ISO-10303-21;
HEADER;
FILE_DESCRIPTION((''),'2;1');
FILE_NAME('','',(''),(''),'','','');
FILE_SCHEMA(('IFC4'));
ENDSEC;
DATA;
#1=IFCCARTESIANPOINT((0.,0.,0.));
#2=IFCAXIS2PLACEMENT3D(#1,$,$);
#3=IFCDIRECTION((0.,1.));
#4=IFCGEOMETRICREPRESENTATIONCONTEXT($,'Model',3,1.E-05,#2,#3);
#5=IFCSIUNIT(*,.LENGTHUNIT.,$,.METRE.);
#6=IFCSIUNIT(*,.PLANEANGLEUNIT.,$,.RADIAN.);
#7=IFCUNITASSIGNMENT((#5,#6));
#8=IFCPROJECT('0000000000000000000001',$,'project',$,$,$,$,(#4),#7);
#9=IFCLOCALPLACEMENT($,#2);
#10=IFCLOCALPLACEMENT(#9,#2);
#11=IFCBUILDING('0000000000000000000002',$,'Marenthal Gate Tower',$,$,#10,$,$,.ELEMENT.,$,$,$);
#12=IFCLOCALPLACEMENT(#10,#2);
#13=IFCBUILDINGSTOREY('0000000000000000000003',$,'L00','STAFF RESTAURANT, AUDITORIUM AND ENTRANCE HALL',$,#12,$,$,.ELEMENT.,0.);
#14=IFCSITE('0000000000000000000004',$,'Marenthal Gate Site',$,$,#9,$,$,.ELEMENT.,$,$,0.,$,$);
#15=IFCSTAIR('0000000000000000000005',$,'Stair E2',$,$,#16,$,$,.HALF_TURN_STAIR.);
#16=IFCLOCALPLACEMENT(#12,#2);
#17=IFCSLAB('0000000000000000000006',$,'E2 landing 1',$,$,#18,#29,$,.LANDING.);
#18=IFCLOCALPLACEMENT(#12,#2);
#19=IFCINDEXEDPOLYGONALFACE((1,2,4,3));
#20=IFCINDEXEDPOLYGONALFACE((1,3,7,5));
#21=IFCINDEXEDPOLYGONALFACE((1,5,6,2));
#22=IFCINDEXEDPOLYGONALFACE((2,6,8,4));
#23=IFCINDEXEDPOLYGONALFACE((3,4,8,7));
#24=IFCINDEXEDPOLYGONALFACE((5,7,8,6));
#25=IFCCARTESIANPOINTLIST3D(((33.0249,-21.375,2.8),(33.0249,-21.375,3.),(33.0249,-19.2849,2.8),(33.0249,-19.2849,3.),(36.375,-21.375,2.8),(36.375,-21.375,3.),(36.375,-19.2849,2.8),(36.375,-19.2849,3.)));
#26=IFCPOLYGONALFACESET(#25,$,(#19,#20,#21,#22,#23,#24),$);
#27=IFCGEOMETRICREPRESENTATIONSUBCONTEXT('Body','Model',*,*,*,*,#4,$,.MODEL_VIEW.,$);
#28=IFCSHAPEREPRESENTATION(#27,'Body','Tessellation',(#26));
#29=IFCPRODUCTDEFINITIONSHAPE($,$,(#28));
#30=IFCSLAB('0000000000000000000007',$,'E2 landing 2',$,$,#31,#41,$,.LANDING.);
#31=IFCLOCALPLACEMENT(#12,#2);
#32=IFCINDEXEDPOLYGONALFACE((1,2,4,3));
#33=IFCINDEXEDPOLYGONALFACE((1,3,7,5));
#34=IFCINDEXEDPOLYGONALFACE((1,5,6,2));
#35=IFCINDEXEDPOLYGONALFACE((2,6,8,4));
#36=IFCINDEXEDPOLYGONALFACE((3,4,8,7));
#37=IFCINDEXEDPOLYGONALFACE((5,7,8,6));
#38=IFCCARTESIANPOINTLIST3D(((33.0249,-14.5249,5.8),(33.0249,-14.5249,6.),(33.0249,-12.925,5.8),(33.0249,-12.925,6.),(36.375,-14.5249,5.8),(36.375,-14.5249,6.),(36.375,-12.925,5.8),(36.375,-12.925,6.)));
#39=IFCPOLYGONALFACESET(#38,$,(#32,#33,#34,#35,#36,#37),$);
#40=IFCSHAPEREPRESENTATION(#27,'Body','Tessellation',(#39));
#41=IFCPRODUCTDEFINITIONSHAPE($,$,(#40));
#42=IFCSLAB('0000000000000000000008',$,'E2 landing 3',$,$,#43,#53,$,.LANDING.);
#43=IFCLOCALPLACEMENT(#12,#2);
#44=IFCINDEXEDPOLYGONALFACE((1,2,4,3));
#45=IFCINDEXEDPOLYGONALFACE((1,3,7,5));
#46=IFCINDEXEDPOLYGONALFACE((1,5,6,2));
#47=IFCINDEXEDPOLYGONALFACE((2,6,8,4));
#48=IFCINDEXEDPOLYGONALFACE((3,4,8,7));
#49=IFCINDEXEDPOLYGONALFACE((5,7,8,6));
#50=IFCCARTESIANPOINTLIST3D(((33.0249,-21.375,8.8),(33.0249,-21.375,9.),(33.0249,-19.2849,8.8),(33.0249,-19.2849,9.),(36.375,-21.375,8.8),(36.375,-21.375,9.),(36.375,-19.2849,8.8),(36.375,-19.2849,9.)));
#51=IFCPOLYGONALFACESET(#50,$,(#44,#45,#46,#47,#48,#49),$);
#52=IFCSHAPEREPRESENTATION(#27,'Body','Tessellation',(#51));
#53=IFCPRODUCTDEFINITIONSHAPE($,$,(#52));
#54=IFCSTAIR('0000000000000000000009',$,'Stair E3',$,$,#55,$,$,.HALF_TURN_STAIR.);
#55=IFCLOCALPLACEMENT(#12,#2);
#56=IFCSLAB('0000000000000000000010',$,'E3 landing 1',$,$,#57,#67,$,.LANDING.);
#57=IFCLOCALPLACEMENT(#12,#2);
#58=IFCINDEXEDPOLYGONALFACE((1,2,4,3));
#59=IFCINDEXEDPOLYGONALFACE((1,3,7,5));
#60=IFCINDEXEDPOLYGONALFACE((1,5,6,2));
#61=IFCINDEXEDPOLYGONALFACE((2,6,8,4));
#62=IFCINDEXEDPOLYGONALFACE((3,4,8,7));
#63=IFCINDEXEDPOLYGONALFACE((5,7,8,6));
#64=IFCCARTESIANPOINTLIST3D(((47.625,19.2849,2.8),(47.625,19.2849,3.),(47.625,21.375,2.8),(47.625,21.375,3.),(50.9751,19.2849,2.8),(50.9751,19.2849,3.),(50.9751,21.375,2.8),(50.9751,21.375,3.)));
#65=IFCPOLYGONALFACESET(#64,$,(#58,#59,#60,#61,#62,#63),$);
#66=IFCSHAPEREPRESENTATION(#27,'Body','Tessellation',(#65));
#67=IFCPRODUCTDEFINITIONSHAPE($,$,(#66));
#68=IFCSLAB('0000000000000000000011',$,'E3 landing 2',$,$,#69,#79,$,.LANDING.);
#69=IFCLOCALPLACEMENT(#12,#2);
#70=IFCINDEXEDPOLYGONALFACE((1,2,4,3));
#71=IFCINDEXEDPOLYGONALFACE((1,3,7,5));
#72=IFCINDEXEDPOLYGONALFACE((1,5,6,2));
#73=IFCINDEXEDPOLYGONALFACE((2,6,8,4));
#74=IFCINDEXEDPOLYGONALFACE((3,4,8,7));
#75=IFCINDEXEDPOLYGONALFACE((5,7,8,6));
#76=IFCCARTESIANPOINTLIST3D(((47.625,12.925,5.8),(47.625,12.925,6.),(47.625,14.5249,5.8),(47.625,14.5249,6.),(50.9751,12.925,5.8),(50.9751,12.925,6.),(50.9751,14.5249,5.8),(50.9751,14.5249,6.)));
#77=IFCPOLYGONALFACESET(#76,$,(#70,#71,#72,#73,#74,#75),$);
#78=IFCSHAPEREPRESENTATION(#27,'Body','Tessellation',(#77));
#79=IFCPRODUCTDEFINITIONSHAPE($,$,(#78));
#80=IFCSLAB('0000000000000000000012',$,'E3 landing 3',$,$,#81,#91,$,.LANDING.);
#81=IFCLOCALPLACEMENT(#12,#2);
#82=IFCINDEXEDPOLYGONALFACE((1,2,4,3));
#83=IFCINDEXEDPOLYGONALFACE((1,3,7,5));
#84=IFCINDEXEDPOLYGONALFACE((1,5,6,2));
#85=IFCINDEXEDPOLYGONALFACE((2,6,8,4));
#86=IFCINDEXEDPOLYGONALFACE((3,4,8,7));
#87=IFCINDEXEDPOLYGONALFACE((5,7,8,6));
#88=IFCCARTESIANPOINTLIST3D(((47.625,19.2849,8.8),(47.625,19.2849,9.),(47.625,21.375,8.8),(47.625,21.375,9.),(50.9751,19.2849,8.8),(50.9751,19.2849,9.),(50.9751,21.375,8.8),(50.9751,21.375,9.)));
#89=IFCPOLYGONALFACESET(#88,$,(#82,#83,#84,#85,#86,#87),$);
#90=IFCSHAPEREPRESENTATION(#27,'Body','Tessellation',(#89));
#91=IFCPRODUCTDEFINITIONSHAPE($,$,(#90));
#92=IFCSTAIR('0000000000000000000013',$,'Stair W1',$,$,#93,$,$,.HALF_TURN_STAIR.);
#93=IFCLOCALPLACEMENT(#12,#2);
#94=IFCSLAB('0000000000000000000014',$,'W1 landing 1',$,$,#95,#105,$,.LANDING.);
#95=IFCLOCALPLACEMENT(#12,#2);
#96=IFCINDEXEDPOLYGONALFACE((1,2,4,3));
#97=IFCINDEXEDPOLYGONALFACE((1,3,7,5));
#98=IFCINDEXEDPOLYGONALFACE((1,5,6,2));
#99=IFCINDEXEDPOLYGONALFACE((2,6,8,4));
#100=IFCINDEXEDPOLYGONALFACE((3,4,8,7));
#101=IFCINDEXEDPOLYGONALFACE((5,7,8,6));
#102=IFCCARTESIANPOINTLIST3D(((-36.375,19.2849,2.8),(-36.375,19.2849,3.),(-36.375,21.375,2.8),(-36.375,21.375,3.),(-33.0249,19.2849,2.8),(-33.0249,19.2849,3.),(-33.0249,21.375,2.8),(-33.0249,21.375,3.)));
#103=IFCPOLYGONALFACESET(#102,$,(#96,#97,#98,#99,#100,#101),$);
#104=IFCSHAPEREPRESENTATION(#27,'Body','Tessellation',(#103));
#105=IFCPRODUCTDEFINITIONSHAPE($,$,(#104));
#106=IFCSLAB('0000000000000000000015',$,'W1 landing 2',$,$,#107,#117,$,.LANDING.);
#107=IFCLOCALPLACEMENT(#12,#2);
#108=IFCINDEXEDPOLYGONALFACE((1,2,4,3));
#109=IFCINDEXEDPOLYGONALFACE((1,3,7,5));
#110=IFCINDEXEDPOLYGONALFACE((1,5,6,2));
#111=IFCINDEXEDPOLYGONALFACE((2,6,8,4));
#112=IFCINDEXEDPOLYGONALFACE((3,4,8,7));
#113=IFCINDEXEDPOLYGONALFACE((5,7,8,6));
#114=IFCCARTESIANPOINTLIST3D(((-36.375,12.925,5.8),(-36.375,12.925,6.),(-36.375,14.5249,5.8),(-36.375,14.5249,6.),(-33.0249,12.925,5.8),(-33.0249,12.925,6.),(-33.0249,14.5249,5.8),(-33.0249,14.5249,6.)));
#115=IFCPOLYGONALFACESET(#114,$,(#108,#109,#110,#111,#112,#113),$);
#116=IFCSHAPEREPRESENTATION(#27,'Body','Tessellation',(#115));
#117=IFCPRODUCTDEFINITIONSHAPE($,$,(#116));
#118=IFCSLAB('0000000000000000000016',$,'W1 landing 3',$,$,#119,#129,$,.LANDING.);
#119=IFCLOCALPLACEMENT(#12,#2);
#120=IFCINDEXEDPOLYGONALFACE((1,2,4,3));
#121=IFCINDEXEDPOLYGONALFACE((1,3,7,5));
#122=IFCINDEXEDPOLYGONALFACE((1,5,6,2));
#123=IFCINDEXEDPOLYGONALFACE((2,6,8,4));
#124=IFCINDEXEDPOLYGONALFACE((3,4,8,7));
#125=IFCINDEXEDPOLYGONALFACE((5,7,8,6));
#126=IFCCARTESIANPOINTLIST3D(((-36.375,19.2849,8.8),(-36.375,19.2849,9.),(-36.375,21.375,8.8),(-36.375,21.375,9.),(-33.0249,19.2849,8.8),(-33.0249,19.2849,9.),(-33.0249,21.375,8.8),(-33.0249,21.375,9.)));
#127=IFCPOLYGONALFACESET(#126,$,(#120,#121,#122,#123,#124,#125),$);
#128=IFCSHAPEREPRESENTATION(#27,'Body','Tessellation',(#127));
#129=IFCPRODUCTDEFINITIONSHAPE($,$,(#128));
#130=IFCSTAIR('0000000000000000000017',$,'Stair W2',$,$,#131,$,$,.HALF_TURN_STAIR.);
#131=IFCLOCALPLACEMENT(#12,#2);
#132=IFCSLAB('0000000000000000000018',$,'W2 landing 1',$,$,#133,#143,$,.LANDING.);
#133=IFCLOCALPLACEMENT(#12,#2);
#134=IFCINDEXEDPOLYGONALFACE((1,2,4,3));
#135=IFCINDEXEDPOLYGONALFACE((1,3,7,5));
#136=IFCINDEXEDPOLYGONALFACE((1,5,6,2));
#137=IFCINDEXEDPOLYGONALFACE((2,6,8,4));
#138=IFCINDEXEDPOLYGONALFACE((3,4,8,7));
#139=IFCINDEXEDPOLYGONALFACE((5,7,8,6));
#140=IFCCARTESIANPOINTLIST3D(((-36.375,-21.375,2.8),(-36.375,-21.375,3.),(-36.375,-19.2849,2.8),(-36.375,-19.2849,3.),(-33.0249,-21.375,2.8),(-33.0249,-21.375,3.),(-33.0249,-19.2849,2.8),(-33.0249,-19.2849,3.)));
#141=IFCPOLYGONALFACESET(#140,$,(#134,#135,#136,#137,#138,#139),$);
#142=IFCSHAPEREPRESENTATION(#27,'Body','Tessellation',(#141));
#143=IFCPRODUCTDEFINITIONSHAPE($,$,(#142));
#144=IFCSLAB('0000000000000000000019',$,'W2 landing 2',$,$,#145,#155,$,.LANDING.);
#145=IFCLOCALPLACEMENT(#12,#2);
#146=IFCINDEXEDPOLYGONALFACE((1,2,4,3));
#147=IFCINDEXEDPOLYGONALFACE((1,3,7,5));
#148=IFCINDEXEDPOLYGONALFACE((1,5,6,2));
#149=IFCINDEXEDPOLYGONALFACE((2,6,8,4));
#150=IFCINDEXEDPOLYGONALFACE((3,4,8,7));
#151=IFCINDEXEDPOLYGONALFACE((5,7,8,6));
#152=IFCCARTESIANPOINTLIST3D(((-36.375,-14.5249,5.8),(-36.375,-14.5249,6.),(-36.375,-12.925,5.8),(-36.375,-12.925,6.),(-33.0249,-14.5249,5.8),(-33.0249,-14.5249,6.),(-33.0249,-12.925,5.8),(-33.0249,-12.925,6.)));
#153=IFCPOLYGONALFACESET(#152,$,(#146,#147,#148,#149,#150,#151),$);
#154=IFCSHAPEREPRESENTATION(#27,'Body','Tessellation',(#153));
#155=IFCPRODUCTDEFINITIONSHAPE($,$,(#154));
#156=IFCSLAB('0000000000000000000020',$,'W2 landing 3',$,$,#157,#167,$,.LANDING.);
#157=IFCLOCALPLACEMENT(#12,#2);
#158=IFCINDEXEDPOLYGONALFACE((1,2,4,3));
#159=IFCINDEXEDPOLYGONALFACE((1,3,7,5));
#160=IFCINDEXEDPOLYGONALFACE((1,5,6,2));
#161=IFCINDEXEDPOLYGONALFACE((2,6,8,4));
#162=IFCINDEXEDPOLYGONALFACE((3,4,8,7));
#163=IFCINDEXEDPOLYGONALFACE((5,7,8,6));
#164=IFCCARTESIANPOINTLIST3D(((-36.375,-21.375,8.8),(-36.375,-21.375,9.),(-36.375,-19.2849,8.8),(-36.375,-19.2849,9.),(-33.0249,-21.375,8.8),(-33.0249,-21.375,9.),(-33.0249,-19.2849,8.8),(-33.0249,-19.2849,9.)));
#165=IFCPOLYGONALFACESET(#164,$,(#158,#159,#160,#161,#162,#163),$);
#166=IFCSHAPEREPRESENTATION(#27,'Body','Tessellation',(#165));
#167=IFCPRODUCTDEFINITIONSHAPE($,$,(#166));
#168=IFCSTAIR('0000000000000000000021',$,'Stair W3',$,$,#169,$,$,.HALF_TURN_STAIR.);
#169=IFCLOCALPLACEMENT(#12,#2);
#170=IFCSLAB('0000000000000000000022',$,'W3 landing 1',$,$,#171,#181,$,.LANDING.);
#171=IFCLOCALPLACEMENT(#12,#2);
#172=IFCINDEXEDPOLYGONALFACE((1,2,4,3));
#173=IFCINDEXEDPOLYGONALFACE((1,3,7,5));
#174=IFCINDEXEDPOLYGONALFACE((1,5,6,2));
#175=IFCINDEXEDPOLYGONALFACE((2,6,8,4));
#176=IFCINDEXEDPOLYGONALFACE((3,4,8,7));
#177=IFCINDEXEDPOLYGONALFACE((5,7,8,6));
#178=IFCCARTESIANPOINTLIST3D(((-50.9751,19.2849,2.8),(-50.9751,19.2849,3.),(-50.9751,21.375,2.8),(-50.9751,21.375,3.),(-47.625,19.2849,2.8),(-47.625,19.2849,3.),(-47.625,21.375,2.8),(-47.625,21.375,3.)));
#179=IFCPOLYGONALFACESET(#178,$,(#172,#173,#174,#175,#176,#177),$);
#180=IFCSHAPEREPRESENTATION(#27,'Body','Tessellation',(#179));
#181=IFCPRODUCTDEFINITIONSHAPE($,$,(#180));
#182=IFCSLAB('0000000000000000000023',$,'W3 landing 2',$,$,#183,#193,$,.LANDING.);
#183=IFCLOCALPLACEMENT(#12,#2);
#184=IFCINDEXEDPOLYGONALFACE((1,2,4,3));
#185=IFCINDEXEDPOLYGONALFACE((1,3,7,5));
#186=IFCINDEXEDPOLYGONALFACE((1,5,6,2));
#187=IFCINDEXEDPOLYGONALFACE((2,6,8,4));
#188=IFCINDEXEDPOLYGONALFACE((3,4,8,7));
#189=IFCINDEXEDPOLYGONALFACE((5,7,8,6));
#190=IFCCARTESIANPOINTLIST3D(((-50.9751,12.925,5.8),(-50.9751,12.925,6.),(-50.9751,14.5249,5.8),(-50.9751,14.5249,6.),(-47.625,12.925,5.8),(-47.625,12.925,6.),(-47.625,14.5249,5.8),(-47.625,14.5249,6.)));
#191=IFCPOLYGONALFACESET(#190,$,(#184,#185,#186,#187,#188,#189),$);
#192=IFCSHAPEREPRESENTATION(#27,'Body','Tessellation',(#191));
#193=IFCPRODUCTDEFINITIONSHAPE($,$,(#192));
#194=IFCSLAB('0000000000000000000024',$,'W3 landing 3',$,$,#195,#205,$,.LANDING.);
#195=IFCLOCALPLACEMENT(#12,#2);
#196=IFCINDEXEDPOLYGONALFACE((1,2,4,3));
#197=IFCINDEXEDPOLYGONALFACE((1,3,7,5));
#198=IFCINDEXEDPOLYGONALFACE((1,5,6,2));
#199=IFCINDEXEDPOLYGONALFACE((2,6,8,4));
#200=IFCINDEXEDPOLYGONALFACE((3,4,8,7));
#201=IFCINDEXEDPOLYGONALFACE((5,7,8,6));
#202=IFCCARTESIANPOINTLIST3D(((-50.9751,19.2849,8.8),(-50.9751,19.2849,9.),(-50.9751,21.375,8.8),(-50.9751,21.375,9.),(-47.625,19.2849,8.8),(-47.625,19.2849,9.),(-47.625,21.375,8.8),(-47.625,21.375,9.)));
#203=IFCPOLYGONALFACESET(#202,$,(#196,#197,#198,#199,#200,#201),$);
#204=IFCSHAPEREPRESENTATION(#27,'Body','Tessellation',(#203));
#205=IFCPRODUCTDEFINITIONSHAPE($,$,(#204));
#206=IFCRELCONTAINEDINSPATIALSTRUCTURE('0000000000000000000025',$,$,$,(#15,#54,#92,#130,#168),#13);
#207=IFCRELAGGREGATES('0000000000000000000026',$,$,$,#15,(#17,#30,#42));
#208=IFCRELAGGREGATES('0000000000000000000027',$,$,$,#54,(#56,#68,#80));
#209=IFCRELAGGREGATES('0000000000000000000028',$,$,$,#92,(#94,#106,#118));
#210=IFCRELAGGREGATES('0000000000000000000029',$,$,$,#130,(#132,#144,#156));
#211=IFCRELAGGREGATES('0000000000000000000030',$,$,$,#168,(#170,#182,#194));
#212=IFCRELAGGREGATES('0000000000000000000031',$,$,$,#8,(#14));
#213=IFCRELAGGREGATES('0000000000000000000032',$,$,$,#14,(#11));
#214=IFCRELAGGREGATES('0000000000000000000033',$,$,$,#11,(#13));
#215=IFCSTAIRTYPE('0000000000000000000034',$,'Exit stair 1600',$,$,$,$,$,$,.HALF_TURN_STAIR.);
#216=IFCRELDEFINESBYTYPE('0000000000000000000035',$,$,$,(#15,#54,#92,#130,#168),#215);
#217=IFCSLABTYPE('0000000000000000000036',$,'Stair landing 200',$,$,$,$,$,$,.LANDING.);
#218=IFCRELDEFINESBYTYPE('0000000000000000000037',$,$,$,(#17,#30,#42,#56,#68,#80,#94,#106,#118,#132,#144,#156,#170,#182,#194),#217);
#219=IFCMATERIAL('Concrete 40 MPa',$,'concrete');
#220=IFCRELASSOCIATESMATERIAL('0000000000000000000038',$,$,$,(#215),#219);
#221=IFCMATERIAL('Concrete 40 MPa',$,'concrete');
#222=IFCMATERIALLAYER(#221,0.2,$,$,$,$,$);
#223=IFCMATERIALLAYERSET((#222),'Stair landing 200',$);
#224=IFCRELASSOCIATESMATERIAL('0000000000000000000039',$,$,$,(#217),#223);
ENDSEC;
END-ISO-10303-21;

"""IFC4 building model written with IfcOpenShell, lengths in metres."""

from ifc_helpers import new_model, si_unit, direction, frame, origin, place, context, subcontext, project, spatial, polyline, outline, extrude, material, layer, layer_set, type_object, element, aggregate, save


model = new_model("IFC4")

# Units and contexts
model_context = context("Model", 3, precision=1e-05, world=origin(), true_north=direction((0.0, 1.0)))
body_context = subcontext(model_context, "Body", "Model", "MODEL_VIEW")
ifc_project = project(units=[si_unit("LENGTHUNIT", "METRE"), si_unit("PLANEANGLEUNIT", "RADIAN")], contexts=[model_context])

# Site, building, storey
site_placement = place(None, origin())
site = spatial("IfcSite", under=ifc_project, at=site_placement, Name="Marenthal Gate Site", CompositionType="ELEMENT", RefElevation=0.0)
building_placement = place(site_placement, origin())
building = spatial("IfcBuilding", under=site, at=building_placement, Name="Marenthal Gate Tower", CompositionType="ELEMENT")
storey_placement = place(building_placement, origin())
storey = spatial("IfcBuildingStorey", under=building, at=storey_placement, Name="L00", Description="STAFF RESTAURANT, AUDITORIUM AND ENTRANCE HALL", CompositionType="ELEMENT", Elevation=0.0)

# Stairs, slabs
ifc_material_1 = material(Name="Concrete 40 MPa", Category="concrete")
stair_type = type_object("IfcStairType", Name="Exit stair 1600", PredefinedType="HALF_TURN_STAIR", material=ifc_material_1)
stair_1_placement = place(storey_placement, origin())
stair_1 = element("IfcStair", 1, at=stair_1_placement, inside=storey, type_object=stair_type, Name="Stair E2", PredefinedType="HALF_TURN_STAIR")
ifc_material_2 = material(Name="Concrete 40 MPa", Category="concrete")
ifc_layer_1 = layer(ifc_material_2, 0.2)
ifc_layer_set_1 = layer_set([ifc_layer_1], Name="Stair landing 200")
slab_type = type_object("IfcSlabType", Name="Stair landing 200", PredefinedType="LANDING", material=ifc_layer_set_1)
slab_1_placement = place(storey_placement, frame((0.0, 0.0, 2.8)))
slab_1 = element("IfcSlab", 2, at=slab_1_placement, type_object=slab_type, Name="E2 landing 1", PredefinedType="LANDING", context=body_context, shape_type="SweptSolid", body=[
    extrude(outline(polyline([(36.375, -19.2849), (36.375, -21.375), (33.0249, -21.375), (33.0249, -19.2849), (36.375, -19.2849)])), origin(), (0.0, 0.0, 1.0), 0.2),
])
slab_2_placement = place(storey_placement, frame((0.0, 0.0, 5.8)))
slab_2 = element("IfcSlab", 3, at=slab_2_placement, type_object=slab_type, Name="E2 landing 2", PredefinedType="LANDING", context=body_context, shape_type="SweptSolid", body=[
    extrude(outline(polyline([(36.375, -12.925), (36.375, -14.5249), (33.0249, -14.5249), (33.0249, -12.925), (36.375, -12.925)])), origin(), (0.0, 0.0, 1.0), 0.2),
])
slab_3_placement = place(storey_placement, frame((0.0, 0.0, 8.8)))
slab_3 = element("IfcSlab", 4, at=slab_3_placement, type_object=slab_type, Name="E2 landing 3", PredefinedType="LANDING", context=body_context, shape_type="SweptSolid", body=[
    extrude(outline(polyline([(36.375, -19.2849), (36.375, -21.375), (33.0249, -21.375), (33.0249, -19.2849), (36.375, -19.2849)])), origin(), (0.0, 0.0, 1.0), 0.2),
])
aggregate(stair_1, [slab_1, slab_2, slab_3])
stair_2_placement = place(storey_placement, origin())
stair_2 = element("IfcStair", 5, at=stair_2_placement, inside=storey, type_object=stair_type, Name="Stair E3", PredefinedType="HALF_TURN_STAIR")
slab_4_placement = place(storey_placement, frame((0.0, 0.0, 2.8)))
slab_4 = element("IfcSlab", 6, at=slab_4_placement, type_object=slab_type, Name="E3 landing 1", PredefinedType="LANDING", context=body_context, shape_type="SweptSolid", body=[
    extrude(outline(polyline([(47.625, 19.2849), (47.625, 21.375), (50.9751, 21.375), (50.9751, 19.2849), (47.625, 19.2849)])), origin(), (0.0, 0.0, 1.0), 0.2),
])
slab_5_placement = place(storey_placement, frame((0.0, 0.0, 5.8)))
slab_5 = element("IfcSlab", 7, at=slab_5_placement, type_object=slab_type, Name="E3 landing 2", PredefinedType="LANDING", context=body_context, shape_type="SweptSolid", body=[
    extrude(outline(polyline([(47.625, 12.925), (47.625, 14.5249), (50.9751, 14.5249), (50.9751, 12.925), (47.625, 12.925)])), origin(), (0.0, 0.0, 1.0), 0.2),
])
slab_6_placement = place(storey_placement, frame((0.0, 0.0, 8.8)))
slab_6 = element("IfcSlab", 8, at=slab_6_placement, type_object=slab_type, Name="E3 landing 3", PredefinedType="LANDING", context=body_context, shape_type="SweptSolid", body=[
    extrude(outline(polyline([(47.625, 19.2849), (47.625, 21.375), (50.9751, 21.375), (50.9751, 19.2849), (47.625, 19.2849)])), origin(), (0.0, 0.0, 1.0), 0.2),
])
aggregate(stair_2, [slab_4, slab_5, slab_6])
stair_3_placement = place(storey_placement, origin())
stair_3 = element("IfcStair", 9, at=stair_3_placement, inside=storey, type_object=stair_type, Name="Stair W1", PredefinedType="HALF_TURN_STAIR")
slab_7_placement = place(storey_placement, frame((0.0, 0.0, 2.8)))
slab_7 = element("IfcSlab", 10, at=slab_7_placement, type_object=slab_type, Name="W1 landing 1", PredefinedType="LANDING", context=body_context, shape_type="SweptSolid", body=[
    extrude(outline(polyline([(-36.375, 19.2849), (-36.375, 21.375), (-33.0249, 21.375), (-33.0249, 19.2849), (-36.375, 19.2849)])), origin(), (0.0, 0.0, 1.0), 0.2),
])
slab_8_placement = place(storey_placement, frame((0.0, 0.0, 5.8)))
slab_8 = element("IfcSlab", 11, at=slab_8_placement, type_object=slab_type, Name="W1 landing 2", PredefinedType="LANDING", context=body_context, shape_type="SweptSolid", body=[
    extrude(outline(polyline([(-36.375, 12.925), (-36.375, 14.5249), (-33.0249, 14.5249), (-33.0249, 12.925), (-36.375, 12.925)])), origin(), (0.0, 0.0, 1.0), 0.2),
])
slab_9_placement = place(storey_placement, frame((0.0, 0.0, 8.8)))
slab_9 = element("IfcSlab", 12, at=slab_9_placement, type_object=slab_type, Name="W1 landing 3", PredefinedType="LANDING", context=body_context, shape_type="SweptSolid", body=[
    extrude(outline(polyline([(-36.375, 19.2849), (-36.375, 21.375), (-33.0249, 21.375), (-33.0249, 19.2849), (-36.375, 19.2849)])), origin(), (0.0, 0.0, 1.0), 0.2),
])
aggregate(stair_3, [slab_7, slab_8, slab_9])
stair_4_placement = place(storey_placement, origin())
stair_4 = element("IfcStair", 13, at=stair_4_placement, inside=storey, type_object=stair_type, Name="Stair W2", PredefinedType="HALF_TURN_STAIR")
slab_10_placement = place(storey_placement, frame((0.0, 0.0, 2.8)))
slab_10 = element("IfcSlab", 14, at=slab_10_placement, type_object=slab_type, Name="W2 landing 1", PredefinedType="LANDING", context=body_context, shape_type="SweptSolid", body=[
    extrude(outline(polyline([(-33.0249, -19.2849), (-33.0249, -21.375), (-36.375, -21.375), (-36.375, -19.2849), (-33.0249, -19.2849)])), origin(), (0.0, 0.0, 1.0), 0.2),
])
slab_11_placement = place(storey_placement, frame((0.0, 0.0, 5.8)))
slab_11 = element("IfcSlab", 15, at=slab_11_placement, type_object=slab_type, Name="W2 landing 2", PredefinedType="LANDING", context=body_context, shape_type="SweptSolid", body=[
    extrude(outline(polyline([(-33.0249, -12.925), (-33.0249, -14.5249), (-36.375, -14.5249), (-36.375, -12.925), (-33.0249, -12.925)])), origin(), (0.0, 0.0, 1.0), 0.2),
])
slab_12_placement = place(storey_placement, frame((0.0, 0.0, 8.8)))
slab_12 = element("IfcSlab", 16, at=slab_12_placement, type_object=slab_type, Name="W2 landing 3", PredefinedType="LANDING", context=body_context, shape_type="SweptSolid", body=[
    extrude(outline(polyline([(-33.0249, -19.2849), (-33.0249, -21.375), (-36.375, -21.375), (-36.375, -19.2849), (-33.0249, -19.2849)])), origin(), (0.0, 0.0, 1.0), 0.2),
])
aggregate(stair_4, [slab_10, slab_11, slab_12])
stair_5_placement = place(storey_placement, origin())
stair_5 = element("IfcStair", 17, at=stair_5_placement, inside=storey, type_object=stair_type, Name="Stair W3", PredefinedType="HALF_TURN_STAIR")
slab_13_placement = place(storey_placement, frame((0.0, 0.0, 2.8)))
slab_13 = element("IfcSlab", 18, at=slab_13_placement, type_object=slab_type, Name="W3 landing 1", PredefinedType="LANDING", context=body_context, shape_type="SweptSolid", body=[
    extrude(outline(polyline([(-50.9751, 19.2849), (-50.9751, 21.375), (-47.625, 21.375), (-47.625, 19.2849), (-50.9751, 19.2849)])), origin(), (0.0, 0.0, 1.0), 0.2),
])
slab_14_placement = place(storey_placement, frame((0.0, 0.0, 5.8)))
slab_14 = element("IfcSlab", 19, at=slab_14_placement, type_object=slab_type, Name="W3 landing 2", PredefinedType="LANDING", context=body_context, shape_type="SweptSolid", body=[
    extrude(outline(polyline([(-50.9751, 12.925), (-50.9751, 14.5249), (-47.625, 14.5249), (-47.625, 12.925), (-50.9751, 12.925)])), origin(), (0.0, 0.0, 1.0), 0.2),
])
slab_15_placement = place(storey_placement, frame((0.0, 0.0, 8.8)))
slab_15 = element("IfcSlab", 20, at=slab_15_placement, type_object=slab_type, Name="W3 landing 3", PredefinedType="LANDING", context=body_context, shape_type="SweptSolid", body=[
    extrude(outline(polyline([(-50.9751, 19.2849), (-50.9751, 21.375), (-47.625, 21.375), (-47.625, 19.2849), (-50.9751, 19.2849)])), origin(), (0.0, 0.0, 1.0), 0.2),
])
aggregate(stair_5, [slab_13, slab_14, slab_15])

save(model, "model.ifc")
